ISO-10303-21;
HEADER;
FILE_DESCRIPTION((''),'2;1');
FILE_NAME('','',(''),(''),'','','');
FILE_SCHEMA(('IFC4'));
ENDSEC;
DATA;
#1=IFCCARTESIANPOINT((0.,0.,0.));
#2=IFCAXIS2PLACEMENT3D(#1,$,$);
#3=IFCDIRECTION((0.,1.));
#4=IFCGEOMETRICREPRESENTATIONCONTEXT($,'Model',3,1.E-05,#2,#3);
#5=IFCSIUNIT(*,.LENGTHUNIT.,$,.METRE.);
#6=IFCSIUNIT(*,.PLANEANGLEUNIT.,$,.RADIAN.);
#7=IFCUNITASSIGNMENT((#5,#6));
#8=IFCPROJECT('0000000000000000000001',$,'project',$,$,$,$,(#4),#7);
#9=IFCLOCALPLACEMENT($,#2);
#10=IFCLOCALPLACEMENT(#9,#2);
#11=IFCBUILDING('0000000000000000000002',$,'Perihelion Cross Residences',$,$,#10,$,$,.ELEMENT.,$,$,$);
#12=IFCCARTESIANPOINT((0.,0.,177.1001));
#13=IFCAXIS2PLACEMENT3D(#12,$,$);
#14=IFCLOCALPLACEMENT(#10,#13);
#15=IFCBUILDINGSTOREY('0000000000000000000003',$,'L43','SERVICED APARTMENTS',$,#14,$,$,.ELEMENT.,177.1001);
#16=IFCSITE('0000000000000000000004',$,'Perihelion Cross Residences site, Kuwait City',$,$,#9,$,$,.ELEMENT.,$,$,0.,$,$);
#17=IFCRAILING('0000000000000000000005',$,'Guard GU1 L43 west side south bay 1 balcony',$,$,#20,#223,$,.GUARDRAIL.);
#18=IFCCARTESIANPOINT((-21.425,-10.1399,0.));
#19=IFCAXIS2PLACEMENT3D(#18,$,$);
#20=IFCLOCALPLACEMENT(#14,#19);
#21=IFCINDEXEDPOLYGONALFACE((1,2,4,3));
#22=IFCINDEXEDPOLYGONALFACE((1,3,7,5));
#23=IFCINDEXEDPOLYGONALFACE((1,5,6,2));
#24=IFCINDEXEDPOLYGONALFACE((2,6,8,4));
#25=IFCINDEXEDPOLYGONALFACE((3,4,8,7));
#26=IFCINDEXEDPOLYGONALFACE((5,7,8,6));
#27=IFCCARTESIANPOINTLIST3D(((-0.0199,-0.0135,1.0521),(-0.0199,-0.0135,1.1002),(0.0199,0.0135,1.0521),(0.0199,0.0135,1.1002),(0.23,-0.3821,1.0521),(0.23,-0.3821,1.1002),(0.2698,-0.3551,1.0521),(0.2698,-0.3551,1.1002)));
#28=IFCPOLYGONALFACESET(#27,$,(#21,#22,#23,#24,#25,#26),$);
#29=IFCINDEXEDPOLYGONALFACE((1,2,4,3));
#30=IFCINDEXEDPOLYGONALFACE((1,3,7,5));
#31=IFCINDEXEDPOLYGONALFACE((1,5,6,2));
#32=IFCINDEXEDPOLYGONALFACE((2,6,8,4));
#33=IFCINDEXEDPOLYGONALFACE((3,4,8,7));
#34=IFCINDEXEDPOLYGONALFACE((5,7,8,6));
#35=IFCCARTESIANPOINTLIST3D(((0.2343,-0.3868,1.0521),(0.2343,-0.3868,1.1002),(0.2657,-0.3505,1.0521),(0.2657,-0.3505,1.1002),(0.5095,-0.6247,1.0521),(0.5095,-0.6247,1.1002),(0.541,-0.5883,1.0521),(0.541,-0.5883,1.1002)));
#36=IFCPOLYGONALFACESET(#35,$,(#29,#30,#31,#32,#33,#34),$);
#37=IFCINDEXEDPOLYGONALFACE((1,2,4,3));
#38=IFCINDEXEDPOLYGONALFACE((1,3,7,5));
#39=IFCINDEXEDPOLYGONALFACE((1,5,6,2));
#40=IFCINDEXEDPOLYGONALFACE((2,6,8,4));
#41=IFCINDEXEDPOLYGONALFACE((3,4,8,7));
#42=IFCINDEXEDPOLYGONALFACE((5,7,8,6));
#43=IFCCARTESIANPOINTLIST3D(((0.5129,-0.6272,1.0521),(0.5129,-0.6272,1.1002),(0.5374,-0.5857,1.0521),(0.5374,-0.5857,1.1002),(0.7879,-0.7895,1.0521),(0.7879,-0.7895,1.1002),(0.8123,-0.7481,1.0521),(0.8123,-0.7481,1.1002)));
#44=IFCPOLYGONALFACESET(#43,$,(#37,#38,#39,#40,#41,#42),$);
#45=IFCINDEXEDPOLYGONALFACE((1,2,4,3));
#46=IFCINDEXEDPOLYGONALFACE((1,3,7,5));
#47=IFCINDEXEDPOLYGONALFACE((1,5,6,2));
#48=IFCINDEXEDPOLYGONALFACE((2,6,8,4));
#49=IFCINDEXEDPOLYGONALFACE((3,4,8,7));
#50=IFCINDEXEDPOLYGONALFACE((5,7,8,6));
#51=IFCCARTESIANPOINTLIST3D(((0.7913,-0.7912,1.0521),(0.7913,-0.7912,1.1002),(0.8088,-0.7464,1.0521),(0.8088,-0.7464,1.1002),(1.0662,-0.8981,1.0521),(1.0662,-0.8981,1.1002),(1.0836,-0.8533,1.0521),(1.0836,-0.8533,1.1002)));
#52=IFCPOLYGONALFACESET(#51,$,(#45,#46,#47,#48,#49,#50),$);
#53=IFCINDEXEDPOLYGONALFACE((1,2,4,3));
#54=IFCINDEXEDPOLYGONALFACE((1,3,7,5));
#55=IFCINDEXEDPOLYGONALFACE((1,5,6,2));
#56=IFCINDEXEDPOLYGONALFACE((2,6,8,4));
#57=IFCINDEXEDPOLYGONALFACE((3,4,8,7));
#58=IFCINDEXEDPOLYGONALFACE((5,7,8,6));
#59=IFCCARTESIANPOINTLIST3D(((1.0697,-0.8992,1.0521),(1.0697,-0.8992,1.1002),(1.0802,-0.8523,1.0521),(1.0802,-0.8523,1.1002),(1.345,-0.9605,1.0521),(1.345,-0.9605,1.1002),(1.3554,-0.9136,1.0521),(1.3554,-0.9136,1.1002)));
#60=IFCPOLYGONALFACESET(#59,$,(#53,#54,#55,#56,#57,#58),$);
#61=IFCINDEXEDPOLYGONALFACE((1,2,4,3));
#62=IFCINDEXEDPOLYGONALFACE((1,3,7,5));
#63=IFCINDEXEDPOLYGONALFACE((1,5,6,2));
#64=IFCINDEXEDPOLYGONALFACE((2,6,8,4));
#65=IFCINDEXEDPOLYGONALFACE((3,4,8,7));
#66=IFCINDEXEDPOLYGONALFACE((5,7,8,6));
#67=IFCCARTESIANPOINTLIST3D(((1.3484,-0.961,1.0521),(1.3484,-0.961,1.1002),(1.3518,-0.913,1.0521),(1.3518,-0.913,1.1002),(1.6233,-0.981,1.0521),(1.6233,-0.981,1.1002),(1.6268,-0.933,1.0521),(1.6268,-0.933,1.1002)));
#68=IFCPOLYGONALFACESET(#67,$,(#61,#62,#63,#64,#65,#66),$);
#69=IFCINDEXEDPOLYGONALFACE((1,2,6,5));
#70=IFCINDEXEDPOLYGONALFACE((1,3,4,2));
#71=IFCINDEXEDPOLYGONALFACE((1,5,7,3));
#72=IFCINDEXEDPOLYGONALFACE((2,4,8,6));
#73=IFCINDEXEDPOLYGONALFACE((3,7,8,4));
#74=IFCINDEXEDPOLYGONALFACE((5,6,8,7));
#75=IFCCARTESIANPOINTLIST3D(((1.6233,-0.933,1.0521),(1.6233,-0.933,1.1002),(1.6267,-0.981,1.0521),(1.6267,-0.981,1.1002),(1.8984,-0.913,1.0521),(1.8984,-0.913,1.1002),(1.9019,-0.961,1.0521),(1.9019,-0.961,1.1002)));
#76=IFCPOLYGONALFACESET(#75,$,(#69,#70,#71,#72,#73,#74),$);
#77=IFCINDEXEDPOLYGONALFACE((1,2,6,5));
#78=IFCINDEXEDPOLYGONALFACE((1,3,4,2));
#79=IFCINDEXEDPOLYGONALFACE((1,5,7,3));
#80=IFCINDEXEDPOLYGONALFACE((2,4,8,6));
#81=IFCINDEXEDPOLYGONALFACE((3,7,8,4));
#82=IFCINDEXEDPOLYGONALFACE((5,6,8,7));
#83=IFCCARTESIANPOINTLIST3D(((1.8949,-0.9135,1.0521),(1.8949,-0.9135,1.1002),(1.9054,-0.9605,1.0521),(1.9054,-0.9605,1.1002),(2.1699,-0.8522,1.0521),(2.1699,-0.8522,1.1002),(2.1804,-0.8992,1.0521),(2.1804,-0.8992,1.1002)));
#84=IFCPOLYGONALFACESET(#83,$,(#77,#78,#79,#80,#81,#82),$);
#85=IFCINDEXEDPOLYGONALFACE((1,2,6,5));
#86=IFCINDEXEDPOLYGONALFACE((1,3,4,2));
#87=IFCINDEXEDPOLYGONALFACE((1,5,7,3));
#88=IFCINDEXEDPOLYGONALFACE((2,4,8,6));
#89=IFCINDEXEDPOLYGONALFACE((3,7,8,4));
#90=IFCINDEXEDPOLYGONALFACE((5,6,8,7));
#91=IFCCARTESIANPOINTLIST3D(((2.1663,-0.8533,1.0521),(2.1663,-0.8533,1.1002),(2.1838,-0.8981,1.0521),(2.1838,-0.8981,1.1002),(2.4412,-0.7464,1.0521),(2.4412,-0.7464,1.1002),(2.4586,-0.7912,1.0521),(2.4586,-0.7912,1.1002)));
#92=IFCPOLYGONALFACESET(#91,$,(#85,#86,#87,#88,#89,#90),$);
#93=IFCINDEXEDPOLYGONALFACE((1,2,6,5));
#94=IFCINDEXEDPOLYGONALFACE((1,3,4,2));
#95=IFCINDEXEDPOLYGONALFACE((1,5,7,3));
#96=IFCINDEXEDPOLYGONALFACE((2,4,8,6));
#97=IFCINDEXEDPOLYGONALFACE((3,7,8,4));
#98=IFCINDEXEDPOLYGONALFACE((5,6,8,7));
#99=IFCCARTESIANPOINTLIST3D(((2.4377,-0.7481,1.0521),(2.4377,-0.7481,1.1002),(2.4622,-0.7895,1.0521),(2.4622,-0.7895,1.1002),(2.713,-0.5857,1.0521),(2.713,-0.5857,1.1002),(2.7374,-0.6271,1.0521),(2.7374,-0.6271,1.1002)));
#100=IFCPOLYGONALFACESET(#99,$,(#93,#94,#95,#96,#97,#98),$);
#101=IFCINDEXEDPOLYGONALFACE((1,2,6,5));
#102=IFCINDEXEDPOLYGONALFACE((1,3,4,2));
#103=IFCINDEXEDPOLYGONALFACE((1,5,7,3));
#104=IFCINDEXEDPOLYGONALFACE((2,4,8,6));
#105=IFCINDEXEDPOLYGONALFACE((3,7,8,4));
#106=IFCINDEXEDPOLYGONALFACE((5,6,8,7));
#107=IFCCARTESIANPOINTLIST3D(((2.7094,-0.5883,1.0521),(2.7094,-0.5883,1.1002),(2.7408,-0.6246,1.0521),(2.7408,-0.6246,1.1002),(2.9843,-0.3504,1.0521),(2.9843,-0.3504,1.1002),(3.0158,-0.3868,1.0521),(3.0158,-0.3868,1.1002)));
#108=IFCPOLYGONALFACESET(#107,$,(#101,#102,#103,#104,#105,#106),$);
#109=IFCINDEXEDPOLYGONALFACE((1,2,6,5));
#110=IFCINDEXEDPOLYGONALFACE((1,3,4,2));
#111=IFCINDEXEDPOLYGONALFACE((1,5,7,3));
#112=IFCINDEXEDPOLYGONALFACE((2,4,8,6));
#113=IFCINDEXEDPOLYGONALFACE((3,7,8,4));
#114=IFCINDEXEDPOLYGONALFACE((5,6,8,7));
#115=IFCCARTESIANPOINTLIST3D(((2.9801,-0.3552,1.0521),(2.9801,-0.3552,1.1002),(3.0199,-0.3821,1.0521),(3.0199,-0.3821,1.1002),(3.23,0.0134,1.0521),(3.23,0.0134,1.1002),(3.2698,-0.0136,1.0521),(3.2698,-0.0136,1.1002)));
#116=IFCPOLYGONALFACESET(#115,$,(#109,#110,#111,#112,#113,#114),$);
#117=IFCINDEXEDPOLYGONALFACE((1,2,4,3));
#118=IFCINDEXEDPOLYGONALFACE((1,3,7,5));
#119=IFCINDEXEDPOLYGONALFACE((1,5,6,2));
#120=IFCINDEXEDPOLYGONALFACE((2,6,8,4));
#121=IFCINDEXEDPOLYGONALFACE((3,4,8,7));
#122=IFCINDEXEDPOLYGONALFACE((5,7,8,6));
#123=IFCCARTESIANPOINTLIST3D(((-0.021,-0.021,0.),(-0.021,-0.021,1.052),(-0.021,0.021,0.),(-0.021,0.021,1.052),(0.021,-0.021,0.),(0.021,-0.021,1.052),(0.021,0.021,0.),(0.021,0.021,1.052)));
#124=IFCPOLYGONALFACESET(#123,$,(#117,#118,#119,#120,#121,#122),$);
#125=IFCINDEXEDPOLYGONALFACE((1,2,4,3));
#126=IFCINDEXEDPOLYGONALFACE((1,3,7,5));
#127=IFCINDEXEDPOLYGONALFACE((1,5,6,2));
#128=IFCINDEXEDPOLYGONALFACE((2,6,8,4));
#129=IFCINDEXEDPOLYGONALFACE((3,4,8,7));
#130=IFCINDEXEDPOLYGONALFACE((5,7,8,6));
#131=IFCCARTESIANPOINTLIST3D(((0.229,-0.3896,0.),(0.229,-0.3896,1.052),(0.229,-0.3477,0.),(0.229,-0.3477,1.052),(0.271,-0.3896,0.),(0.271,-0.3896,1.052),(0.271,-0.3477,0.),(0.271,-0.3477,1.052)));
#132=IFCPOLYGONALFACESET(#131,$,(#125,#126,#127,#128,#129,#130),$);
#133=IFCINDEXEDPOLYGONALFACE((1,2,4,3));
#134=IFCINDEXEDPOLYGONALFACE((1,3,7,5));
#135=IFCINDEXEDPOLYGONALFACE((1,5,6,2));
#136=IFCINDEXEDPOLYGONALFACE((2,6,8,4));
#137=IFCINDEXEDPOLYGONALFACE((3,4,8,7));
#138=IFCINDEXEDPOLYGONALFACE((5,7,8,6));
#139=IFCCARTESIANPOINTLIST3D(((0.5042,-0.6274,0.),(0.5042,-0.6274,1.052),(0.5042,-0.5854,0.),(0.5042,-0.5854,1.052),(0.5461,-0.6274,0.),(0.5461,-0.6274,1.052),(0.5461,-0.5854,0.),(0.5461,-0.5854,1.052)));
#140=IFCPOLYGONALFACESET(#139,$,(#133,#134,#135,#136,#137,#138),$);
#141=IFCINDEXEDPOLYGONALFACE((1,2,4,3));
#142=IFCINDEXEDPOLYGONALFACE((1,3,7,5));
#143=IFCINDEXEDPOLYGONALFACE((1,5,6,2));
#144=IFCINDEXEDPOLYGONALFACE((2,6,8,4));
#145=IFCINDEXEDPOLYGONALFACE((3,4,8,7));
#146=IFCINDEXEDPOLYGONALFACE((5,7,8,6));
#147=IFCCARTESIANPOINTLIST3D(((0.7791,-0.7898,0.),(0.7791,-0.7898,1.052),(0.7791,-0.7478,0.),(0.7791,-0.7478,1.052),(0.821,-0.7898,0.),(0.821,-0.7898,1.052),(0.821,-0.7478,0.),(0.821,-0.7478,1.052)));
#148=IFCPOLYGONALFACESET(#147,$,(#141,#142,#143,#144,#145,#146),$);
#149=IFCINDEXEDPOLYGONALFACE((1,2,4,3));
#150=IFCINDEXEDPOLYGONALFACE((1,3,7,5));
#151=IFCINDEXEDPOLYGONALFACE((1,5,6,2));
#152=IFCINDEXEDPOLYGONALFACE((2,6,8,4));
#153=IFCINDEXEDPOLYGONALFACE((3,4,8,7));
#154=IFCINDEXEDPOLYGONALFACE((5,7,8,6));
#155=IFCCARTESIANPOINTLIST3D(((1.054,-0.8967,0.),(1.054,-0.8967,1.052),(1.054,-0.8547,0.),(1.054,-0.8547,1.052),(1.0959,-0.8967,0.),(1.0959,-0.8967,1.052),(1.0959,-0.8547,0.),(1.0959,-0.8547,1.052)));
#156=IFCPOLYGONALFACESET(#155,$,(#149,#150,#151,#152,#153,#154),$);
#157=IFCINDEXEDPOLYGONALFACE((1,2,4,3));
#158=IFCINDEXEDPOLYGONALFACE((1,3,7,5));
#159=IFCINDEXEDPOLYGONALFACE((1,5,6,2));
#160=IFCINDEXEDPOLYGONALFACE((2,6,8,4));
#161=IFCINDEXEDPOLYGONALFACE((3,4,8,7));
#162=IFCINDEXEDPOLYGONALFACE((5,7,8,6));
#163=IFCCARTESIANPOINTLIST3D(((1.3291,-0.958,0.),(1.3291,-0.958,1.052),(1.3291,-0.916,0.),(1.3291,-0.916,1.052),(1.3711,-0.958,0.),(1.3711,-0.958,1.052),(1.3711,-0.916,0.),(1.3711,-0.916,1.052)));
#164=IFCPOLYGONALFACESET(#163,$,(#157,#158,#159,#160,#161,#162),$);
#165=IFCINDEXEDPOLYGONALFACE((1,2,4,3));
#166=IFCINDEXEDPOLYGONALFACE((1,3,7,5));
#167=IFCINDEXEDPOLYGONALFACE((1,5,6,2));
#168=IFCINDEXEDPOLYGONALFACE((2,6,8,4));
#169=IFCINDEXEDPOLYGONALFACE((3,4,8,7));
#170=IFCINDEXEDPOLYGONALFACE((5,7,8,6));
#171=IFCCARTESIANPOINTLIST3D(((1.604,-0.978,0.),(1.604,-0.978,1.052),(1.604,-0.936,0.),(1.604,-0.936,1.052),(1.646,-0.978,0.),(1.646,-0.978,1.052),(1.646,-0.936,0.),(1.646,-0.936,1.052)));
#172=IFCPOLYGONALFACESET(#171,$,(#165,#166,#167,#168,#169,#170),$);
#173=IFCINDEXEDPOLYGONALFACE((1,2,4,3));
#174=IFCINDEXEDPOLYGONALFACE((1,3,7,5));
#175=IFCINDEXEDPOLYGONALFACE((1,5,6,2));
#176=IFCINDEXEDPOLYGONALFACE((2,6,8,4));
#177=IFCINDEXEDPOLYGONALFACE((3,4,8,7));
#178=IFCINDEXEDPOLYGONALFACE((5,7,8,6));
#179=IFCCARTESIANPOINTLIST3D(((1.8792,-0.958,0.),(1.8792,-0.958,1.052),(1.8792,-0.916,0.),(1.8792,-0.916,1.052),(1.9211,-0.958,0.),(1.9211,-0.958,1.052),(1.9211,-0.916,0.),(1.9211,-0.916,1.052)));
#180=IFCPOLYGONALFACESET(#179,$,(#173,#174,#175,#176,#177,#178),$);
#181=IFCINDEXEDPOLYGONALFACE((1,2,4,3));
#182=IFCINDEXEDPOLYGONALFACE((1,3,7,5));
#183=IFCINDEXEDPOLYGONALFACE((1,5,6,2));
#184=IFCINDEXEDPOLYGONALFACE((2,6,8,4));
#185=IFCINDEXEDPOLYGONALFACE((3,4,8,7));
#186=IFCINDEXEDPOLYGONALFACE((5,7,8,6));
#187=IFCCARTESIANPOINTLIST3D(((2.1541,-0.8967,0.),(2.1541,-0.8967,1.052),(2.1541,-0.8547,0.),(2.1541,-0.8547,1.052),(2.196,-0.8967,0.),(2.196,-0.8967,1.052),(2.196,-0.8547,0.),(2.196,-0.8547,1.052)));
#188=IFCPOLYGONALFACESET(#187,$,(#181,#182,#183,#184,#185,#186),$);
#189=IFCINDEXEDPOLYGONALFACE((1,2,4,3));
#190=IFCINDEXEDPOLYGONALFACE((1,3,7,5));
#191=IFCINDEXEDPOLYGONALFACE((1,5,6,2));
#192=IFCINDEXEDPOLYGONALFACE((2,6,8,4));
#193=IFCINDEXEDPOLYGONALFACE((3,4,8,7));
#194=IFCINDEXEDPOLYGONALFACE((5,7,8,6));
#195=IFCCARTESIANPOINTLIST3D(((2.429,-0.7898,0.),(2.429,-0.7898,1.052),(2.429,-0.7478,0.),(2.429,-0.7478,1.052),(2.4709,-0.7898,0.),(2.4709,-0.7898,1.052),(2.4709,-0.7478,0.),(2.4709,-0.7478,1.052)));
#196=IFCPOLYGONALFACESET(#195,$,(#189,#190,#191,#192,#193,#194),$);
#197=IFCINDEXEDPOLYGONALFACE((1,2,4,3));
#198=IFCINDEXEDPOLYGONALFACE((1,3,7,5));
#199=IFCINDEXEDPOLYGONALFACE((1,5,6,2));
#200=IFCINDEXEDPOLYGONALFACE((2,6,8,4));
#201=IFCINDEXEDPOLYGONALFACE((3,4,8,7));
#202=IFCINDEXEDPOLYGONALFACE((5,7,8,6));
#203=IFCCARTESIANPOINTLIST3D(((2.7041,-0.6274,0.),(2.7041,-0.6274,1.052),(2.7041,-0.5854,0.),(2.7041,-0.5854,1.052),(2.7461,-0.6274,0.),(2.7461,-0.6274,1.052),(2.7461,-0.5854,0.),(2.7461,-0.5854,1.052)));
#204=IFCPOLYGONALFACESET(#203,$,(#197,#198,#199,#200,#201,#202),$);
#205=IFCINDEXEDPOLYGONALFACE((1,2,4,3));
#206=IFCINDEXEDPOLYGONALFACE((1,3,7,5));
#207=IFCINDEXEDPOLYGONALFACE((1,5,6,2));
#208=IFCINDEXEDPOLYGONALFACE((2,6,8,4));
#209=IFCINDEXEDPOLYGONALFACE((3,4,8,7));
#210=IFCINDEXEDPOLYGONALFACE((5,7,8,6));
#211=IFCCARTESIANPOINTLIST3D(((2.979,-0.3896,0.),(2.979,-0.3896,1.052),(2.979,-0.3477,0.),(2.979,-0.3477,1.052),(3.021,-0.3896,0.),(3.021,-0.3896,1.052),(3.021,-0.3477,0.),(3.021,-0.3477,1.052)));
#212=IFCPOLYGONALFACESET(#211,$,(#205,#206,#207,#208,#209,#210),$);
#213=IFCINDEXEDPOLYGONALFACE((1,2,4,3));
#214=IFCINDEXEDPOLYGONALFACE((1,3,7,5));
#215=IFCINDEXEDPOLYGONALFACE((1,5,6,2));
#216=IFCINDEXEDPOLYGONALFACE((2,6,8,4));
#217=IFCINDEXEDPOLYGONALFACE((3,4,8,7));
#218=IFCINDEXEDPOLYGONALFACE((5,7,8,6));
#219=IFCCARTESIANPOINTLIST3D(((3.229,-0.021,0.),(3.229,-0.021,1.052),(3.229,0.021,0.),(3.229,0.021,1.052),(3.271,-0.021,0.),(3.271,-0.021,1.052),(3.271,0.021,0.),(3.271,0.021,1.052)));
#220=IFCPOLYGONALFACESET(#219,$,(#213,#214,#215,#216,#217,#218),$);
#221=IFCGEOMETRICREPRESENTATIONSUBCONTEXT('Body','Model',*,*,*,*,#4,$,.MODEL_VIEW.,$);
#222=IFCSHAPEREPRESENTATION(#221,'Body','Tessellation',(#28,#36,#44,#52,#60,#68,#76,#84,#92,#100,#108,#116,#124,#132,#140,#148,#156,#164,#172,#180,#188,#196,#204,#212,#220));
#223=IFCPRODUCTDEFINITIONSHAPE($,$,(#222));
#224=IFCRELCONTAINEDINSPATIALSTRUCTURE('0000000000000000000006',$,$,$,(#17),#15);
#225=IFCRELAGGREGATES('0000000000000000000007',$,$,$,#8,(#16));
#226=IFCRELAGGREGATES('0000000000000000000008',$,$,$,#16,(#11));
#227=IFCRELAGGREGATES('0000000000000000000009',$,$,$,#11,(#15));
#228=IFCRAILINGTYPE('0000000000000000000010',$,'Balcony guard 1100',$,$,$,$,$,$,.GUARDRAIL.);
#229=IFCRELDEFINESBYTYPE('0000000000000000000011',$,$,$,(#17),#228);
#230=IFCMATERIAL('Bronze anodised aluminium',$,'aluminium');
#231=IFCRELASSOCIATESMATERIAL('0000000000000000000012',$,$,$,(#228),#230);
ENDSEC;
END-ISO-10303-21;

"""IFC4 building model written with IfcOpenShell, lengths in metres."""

from ifc_helpers import new_model, si_unit, direction, frame, origin, origin_2d, place, context, subcontext, project, spatial, rectangle, extrude, material, type_object, element, save


model = new_model("IFC4")

# Units and contexts
model_context = context("Model", 3, precision=1e-05, world=origin(), true_north=direction((0.0, 1.0)))
body_context = subcontext(model_context, "Body", "Model", "MODEL_VIEW")
ifc_project = project(units=[si_unit("LENGTHUNIT", "METRE"), si_unit("PLANEANGLEUNIT", "RADIAN")], contexts=[model_context])

# Site, building, storey
site_placement = place(None, origin())
site = spatial("IfcSite", under=ifc_project, at=site_placement, Name="Perihelion Cross Residences site, Kuwait City", CompositionType="ELEMENT", RefElevation=0.0)
building_placement = place(site_placement, origin())
building = spatial("IfcBuilding", under=site, at=building_placement, Name="Perihelion Cross Residences", CompositionType="ELEMENT")
storey_placement = place(building_placement, frame((0.0, 0.0, 177.1001)))
storey = spatial("IfcBuildingStorey", under=building, at=storey_placement, Name="L43", Description="SERVICED APARTMENTS", CompositionType="ELEMENT", Elevation=177.1001)

# Railing
ifc_material_1 = material(Name="Bronze anodised aluminium", Category="aluminium")
railing_type_1 = type_object("IfcRailingType", Name="Balcony guard 1100", PredefinedType="GUARDRAIL", material=ifc_material_1)
railing_1_placement = place(storey_placement, frame((-21.425, -10.1399, 0.0)))
element("IfcRailing", 1, at=railing_1_placement, inside=storey, type_object=railing_type_1, Name="Guard GU1 L43 west side south bay 1 balcony", PredefinedType="GUARDRAIL", context=body_context, shape_type="SweptSolid", body=[
    extrude(rectangle(XDim=0.0481, YDim=0.0481, at=origin_2d()), frame((0.0, 0.0, 1.0762), z_axis=(0.56126, -0.827639, 0.0), x_axis=(0.827639, 0.56126, 0.0)), (0.0, 0.0, 1.0), 0.4453),
    extrude(rectangle(XDim=0.0481, YDim=0.0481, at=origin_2d()), frame((0.25, -0.3687, 1.0762), z_axis=(0.756597, -0.653882, 0.0), x_axis=(0.653882, 0.756597, 0.0)), (0.0, 0.0, 1.0), 0.3638),
    extrude(rectangle(XDim=0.0481, YDim=0.0481, at=origin_2d()), frame((0.5251, -0.6064, 1.0762), z_axis=(0.861048, -0.508523, 0.0), x_axis=(0.508523, 0.861048, 0.0)), (0.0, 0.0, 1.0), 0.3193),
    extrude(rectangle(XDim=0.0481, YDim=0.0481, at=origin_2d()), frame((0.8, -0.7688, 1.0762), z_axis=(0.931974, -0.362526, 0.0), x_axis=(0.362526, 0.931974, 0.0)), (0.0, 0.0, 1.0), 0.2949),
    extrude(rectangle(XDim=0.0481, YDim=0.0481, at=origin_2d()), frame((1.075, -0.8757, 1.0762), z_axis=(0.976085, -0.217389, 0.0), x_axis=(0.217389, 0.976085, 0.0)), (0.0, 0.0, 1.0), 0.282),
    extrude(rectangle(XDim=0.0481, YDim=0.0481, at=origin_2d()), frame((1.3501, -0.937, 1.0762), z_axis=(0.997359, -0.072632, 0.0), x_axis=(0.072632, 0.997359, 0.0)), (0.0, 0.0, 1.0), 0.2756),
    extrude(rectangle(XDim=0.0481, YDim=0.0481, at=origin_2d()), frame((1.625, -0.957, 1.0762), z_axis=(0.997363, 0.072568, 0.0), x_axis=(-0.072568, 0.997363, 0.0)), (0.0, 0.0, 1.0), 0.2759),
    extrude(rectangle(XDim=0.0481, YDim=0.0481, at=origin_2d()), frame((1.9001, -0.937, 1.0762), z_axis=(0.976044, 0.217573, 0.0), x_axis=(-0.217573, 0.976044, 0.0)), (0.0, 0.0, 1.0), 0.2817),
    extrude(rectangle(XDim=0.0481, YDim=0.0481, at=origin_2d()), frame((2.175, -0.8757, 1.0762), z_axis=(0.931974, 0.362526, 0.0), x_axis=(-0.362526, 0.931974, 0.0)), (0.0, 0.0, 1.0), 0.2949),
    extrude(rectangle(XDim=0.0481, YDim=0.0481, at=origin_2d()), frame((2.45, -0.7688, 1.0762), z_axis=(0.861246, 0.508189, 0.0), x_axis=(-0.508189, 0.861246, 0.0)), (0.0, 0.0, 1.0), 0.3196),
    extrude(rectangle(XDim=0.0481, YDim=0.0481, at=origin_2d()), frame((2.7251, -0.6064, 1.0762), z_axis=(0.756309, 0.654214, 0.0), x_axis=(-0.654214, 0.756309, 0.0)), (0.0, 0.0, 1.0), 0.3635),
    extrude(rectangle(XDim=0.0481, YDim=0.0481, at=origin_2d()), frame((3.0, -0.3687, 1.0762), z_axis=(0.56126, 0.827639, 0.0), x_axis=(-0.827639, 0.56126, 0.0)), (0.0, 0.0, 1.0), 0.4453),
    extrude(rectangle(XDim=0.042, YDim=0.042, at=origin_2d()), origin(), (0.0, 0.0, 1.0), 1.052),
    extrude(rectangle(XDim=0.042, YDim=0.042, at=origin_2d()), frame((0.25, -0.3687, 0.0)), (0.0, 0.0, 1.0), 1.052),
    extrude(rectangle(XDim=0.042, YDim=0.042, at=origin_2d()), frame((0.5251, -0.6064, 0.0)), (0.0, 0.0, 1.0), 1.052),
    extrude(rectangle(XDim=0.042, YDim=0.042, at=origin_2d()), frame((0.8, -0.7688, 0.0)), (0.0, 0.0, 1.0), 1.052),
    extrude(rectangle(XDim=0.042, YDim=0.042, at=origin_2d()), frame((1.075, -0.8757, 0.0)), (0.0, 0.0, 1.0), 1.052),
    extrude(rectangle(XDim=0.042, YDim=0.042, at=origin_2d()), frame((1.3501, -0.937, 0.0)), (0.0, 0.0, 1.0), 1.052),
    extrude(rectangle(XDim=0.042, YDim=0.042, at=origin_2d()), frame((1.625, -0.957, 0.0)), (0.0, 0.0, 1.0), 1.052),
    extrude(rectangle(XDim=0.042, YDim=0.042, at=origin_2d()), frame((1.9001, -0.937, 0.0)), (0.0, 0.0, 1.0), 1.052),
    extrude(rectangle(XDim=0.042, YDim=0.042, at=origin_2d()), frame((2.175, -0.8757, 0.0)), (0.0, 0.0, 1.0), 1.052),
    extrude(rectangle(XDim=0.042, YDim=0.042, at=origin_2d()), frame((2.45, -0.7688, 0.0)), (0.0, 0.0, 1.0), 1.052),
    extrude(rectangle(XDim=0.042, YDim=0.042, at=origin_2d()), frame((2.7251, -0.6064, 0.0)), (0.0, 0.0, 1.0), 1.052),
    extrude(rectangle(XDim=0.042, YDim=0.042, at=origin_2d()), frame((3.0, -0.3687, 0.0)), (0.0, 0.0, 1.0), 1.052),
    extrude(rectangle(XDim=0.042, YDim=0.042, at=origin_2d()), frame((3.25, 0.0, 0.0)), (0.0, 0.0, 1.0), 1.052),
])

save(model, "model.ifc")
